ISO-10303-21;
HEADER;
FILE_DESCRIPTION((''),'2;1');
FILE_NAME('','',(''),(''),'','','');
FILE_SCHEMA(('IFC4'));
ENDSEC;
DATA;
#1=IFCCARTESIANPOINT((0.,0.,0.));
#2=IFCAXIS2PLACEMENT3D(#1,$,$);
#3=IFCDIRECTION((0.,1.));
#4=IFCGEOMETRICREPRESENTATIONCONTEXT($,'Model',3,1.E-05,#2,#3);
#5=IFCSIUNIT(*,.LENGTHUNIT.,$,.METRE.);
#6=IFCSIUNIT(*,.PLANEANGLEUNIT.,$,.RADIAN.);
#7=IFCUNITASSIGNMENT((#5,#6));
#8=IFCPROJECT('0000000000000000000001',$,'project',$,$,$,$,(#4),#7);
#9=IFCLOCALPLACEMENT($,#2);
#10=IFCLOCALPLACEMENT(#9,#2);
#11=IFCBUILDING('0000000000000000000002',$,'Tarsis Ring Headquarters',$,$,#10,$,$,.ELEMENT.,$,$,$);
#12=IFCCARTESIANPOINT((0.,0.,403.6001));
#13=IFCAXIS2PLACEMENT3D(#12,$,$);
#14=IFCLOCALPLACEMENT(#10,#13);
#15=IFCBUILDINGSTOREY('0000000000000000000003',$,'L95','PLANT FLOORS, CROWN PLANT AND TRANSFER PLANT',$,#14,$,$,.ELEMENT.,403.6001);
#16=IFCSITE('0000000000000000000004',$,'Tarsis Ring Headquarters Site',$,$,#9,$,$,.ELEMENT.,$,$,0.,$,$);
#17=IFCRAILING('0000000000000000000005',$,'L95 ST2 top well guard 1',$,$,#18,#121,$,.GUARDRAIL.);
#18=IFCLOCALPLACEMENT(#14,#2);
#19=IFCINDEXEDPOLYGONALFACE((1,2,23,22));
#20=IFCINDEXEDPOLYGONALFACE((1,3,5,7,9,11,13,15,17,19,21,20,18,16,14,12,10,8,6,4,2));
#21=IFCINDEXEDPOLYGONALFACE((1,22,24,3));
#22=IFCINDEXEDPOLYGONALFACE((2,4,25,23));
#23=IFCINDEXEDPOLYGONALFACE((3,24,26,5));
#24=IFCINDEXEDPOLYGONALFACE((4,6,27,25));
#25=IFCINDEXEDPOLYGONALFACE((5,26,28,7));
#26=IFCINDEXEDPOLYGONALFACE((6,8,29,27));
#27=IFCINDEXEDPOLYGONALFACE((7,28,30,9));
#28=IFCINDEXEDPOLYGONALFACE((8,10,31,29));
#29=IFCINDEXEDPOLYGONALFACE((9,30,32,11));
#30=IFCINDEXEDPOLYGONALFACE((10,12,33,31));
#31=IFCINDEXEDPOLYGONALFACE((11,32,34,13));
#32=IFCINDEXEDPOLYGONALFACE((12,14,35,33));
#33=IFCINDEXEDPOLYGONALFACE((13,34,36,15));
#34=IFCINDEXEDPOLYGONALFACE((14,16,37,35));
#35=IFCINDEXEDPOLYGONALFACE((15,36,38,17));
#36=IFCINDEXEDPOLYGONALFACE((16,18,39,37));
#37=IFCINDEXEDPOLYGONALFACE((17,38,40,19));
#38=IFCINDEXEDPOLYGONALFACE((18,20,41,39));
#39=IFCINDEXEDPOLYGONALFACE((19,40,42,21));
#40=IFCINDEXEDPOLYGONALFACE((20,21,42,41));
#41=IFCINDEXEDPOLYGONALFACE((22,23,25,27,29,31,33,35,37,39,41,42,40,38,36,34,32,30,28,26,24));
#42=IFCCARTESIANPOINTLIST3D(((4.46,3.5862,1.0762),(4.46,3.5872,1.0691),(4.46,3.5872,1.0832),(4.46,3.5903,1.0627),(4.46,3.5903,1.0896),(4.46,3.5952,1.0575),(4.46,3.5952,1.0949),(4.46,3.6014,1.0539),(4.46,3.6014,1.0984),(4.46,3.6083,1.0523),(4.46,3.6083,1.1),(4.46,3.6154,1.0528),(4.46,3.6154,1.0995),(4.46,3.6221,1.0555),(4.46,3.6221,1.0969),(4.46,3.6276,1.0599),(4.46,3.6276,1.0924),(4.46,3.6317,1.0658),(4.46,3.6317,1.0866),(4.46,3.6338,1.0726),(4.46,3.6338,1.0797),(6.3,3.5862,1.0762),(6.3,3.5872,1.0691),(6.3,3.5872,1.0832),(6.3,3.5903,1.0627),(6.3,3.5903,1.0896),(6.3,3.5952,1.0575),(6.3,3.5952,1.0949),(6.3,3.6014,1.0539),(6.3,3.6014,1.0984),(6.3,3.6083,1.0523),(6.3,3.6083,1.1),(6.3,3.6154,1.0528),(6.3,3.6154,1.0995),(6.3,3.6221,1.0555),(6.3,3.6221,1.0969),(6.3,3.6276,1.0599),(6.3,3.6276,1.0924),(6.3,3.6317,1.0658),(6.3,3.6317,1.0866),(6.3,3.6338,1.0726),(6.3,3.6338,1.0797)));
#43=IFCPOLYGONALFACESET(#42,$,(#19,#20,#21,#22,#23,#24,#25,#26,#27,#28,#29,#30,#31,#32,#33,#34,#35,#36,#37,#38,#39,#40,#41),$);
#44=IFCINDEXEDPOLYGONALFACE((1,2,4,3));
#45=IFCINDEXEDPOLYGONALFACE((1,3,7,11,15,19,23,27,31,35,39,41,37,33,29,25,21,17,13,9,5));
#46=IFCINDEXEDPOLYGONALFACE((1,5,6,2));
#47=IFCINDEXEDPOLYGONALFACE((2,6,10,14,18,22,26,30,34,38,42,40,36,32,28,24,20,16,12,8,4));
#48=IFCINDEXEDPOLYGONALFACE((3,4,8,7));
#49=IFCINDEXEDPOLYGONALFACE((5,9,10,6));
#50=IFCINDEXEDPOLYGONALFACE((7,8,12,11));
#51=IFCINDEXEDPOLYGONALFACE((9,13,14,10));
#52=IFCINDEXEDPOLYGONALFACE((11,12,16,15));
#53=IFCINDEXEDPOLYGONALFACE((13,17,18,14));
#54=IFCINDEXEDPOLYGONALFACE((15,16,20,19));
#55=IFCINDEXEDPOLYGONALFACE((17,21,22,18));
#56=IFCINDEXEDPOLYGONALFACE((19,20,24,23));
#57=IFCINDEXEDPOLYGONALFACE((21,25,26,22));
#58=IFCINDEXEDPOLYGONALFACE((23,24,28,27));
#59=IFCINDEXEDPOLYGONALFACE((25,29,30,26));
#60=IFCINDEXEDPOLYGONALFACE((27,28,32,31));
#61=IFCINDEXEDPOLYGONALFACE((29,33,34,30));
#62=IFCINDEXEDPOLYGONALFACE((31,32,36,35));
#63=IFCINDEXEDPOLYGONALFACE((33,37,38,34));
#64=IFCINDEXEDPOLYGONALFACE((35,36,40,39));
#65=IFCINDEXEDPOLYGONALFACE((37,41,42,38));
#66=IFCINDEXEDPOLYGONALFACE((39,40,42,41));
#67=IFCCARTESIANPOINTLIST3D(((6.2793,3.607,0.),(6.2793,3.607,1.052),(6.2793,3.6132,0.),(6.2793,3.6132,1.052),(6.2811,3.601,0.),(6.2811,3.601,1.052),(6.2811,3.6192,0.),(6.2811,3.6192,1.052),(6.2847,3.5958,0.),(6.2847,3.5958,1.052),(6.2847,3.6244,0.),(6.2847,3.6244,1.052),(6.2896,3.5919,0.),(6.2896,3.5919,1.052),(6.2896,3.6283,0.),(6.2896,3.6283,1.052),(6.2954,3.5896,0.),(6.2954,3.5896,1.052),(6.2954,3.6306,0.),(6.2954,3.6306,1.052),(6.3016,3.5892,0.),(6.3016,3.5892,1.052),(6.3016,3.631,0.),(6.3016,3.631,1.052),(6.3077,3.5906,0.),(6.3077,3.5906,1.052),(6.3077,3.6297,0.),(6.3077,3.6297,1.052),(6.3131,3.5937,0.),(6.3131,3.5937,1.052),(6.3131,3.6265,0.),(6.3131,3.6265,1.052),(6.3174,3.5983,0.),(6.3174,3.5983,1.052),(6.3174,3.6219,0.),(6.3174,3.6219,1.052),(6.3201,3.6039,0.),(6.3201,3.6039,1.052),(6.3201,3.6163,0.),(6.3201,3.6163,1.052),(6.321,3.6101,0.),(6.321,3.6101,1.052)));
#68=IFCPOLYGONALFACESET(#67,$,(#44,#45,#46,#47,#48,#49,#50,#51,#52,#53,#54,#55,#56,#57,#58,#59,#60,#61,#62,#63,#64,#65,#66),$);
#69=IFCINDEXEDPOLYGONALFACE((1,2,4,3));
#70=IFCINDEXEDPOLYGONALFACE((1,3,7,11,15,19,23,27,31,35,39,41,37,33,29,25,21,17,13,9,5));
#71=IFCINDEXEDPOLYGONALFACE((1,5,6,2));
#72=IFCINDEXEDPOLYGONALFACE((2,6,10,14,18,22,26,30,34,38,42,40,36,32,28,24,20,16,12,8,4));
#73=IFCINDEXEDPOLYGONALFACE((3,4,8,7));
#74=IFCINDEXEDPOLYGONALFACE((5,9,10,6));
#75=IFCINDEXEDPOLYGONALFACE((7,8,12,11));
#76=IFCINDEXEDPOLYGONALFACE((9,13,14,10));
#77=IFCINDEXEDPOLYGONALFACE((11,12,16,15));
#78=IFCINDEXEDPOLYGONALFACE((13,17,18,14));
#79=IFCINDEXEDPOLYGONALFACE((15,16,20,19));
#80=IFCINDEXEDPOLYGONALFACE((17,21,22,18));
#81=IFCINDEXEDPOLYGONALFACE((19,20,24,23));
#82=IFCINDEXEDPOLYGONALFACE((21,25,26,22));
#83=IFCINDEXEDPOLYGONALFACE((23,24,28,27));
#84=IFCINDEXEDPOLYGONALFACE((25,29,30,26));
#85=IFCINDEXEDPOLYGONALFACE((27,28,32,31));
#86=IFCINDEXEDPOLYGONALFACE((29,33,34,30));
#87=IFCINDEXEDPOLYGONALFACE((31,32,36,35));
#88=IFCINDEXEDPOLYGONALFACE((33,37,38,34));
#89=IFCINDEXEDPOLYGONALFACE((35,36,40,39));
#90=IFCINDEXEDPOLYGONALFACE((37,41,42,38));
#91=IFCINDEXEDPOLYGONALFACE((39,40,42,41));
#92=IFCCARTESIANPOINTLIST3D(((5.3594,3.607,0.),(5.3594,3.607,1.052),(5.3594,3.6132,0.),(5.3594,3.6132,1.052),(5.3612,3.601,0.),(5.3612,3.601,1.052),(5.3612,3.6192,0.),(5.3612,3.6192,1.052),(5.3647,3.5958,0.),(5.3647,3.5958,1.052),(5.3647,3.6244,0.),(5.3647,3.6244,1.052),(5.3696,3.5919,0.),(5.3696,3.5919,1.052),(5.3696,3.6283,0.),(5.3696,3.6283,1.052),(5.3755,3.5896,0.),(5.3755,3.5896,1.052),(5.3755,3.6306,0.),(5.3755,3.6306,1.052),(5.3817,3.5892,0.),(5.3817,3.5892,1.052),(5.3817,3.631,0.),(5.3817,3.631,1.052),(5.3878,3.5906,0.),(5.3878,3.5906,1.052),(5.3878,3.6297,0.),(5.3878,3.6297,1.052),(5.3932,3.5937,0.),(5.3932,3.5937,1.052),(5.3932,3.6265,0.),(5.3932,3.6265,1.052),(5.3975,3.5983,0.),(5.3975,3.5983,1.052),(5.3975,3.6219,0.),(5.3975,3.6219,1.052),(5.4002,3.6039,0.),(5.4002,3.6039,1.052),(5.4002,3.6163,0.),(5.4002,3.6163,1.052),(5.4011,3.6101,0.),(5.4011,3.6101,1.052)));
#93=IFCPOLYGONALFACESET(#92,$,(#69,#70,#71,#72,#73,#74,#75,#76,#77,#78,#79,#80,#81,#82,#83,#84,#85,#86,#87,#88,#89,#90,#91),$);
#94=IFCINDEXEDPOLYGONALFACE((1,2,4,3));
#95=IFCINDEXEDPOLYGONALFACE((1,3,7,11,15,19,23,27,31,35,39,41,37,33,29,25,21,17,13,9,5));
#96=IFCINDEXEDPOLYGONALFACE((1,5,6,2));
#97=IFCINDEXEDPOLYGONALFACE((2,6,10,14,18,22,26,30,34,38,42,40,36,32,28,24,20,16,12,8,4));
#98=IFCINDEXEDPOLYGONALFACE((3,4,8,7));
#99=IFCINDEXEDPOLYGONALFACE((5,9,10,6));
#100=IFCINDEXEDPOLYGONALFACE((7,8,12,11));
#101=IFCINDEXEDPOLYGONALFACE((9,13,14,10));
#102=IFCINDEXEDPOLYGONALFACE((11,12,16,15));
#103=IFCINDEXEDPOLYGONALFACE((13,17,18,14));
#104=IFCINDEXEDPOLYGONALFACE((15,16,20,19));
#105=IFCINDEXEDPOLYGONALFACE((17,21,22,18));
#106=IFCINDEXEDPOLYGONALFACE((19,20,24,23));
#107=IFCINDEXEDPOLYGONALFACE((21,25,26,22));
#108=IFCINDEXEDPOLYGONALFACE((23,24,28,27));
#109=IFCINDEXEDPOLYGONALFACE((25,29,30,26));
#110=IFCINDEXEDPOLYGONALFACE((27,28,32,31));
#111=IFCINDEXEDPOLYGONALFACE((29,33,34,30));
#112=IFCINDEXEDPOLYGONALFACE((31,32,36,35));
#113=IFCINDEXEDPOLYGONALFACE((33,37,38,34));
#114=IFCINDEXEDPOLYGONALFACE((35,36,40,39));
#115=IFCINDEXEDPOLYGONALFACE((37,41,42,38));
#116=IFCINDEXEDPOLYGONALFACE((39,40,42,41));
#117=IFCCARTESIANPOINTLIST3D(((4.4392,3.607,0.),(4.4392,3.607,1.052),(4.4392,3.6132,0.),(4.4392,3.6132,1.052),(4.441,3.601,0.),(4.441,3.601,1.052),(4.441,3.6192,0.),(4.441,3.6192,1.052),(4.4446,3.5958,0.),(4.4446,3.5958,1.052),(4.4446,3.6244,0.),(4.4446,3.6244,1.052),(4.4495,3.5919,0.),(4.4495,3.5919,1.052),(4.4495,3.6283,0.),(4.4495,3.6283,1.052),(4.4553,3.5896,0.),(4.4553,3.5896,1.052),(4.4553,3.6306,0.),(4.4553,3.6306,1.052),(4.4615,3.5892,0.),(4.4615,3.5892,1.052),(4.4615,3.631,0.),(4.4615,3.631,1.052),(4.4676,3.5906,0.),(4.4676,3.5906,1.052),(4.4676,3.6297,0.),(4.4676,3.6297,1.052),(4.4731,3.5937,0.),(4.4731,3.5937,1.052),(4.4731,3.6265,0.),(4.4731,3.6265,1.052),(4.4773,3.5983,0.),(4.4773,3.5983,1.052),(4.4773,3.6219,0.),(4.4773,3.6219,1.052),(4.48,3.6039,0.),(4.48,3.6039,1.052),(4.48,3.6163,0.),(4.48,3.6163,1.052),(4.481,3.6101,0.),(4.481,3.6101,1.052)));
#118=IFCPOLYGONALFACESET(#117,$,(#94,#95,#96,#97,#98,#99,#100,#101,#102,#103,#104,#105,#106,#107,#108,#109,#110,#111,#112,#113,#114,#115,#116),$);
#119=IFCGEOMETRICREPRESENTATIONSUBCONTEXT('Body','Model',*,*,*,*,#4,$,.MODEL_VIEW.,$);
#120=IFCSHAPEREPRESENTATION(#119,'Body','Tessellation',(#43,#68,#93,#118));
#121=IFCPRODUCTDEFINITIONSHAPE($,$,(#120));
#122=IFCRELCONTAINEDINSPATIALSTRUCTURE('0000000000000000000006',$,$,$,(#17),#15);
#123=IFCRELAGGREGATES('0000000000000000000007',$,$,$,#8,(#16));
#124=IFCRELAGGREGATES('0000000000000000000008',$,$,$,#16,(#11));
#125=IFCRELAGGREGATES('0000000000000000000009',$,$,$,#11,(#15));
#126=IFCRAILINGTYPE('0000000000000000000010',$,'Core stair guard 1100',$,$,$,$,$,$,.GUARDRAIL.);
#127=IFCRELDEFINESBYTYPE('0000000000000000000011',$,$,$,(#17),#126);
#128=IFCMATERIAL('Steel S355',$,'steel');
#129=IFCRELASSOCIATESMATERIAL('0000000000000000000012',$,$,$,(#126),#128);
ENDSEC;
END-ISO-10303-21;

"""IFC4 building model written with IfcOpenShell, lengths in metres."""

from ifc_helpers import new_model, si_unit, direction, frame, origin, origin_2d, place, context, subcontext, project, spatial, circle, extrude, material, type_object, element, save


model = new_model("IFC4")

# Units and contexts
model_context = context("Model", 3, precision=1e-05, world=origin(), true_north=direction((0.0, 1.0)))
body_context = subcontext(model_context, "Body", "Model", "MODEL_VIEW")
ifc_project = project(units=[si_unit("LENGTHUNIT", "METRE"), si_unit("PLANEANGLEUNIT", "RADIAN")], contexts=[model_context])

# Site, building, storey
site_placement = place(None, origin())
site = spatial("IfcSite", under=ifc_project, at=site_placement, Name="Tarsis Ring Headquarters Site", CompositionType="ELEMENT", RefElevation=0.0)
building_placement = place(site_placement, origin())
building = spatial("IfcBuilding", under=site, at=building_placement, Name="Tarsis Ring Headquarters", CompositionType="ELEMENT")
storey_placement = place(building_placement, frame((0.0, 0.0, 403.6001)))
storey = spatial("IfcBuildingStorey", under=building, at=storey_placement, Name="L95", Description="PLANT FLOORS, CROWN PLANT AND TRANSFER PLANT", CompositionType="ELEMENT", Elevation=403.6001)

# Railing
ifc_material_1 = material(Name="Steel S355", Category="steel")
railing_type = type_object("IfcRailingType", Name="Core stair guard 1100", PredefinedType="GUARDRAIL", material=ifc_material_1)
railing_1_placement = place(storey_placement, frame((6.3, 3.6101, 0.0)))
element("IfcRailing", 1, at=railing_1_placement, inside=storey, type_object=railing_type, Name="L95 ST2 top well guard 1", PredefinedType="GUARDRAIL", context=body_context, shape_type="SweptSolid", body=[
    extrude(circle(Radius=0.0239, at=origin_2d()), frame((0.0, 0.0, 1.0762), z_axis=(-1.0, 0.0, 0.0), x_axis=(0.0, -1.0, 0.0)), (0.0, 0.0, 1.0), 1.8401),
    extrude(circle(Radius=0.021, at=origin_2d()), origin(), (0.0, 0.0, 1.0), 1.052),
    extrude(circle(Radius=0.021, at=origin_2d()), frame((-0.9199, 0.0, 0.0)), (0.0, 0.0, 1.0), 1.052),
    extrude(circle(Radius=0.021, at=origin_2d()), frame((-1.8401, 0.0, 0.0)), (0.0, 0.0, 1.0), 1.052),
])

save(model, "model.ifc")
